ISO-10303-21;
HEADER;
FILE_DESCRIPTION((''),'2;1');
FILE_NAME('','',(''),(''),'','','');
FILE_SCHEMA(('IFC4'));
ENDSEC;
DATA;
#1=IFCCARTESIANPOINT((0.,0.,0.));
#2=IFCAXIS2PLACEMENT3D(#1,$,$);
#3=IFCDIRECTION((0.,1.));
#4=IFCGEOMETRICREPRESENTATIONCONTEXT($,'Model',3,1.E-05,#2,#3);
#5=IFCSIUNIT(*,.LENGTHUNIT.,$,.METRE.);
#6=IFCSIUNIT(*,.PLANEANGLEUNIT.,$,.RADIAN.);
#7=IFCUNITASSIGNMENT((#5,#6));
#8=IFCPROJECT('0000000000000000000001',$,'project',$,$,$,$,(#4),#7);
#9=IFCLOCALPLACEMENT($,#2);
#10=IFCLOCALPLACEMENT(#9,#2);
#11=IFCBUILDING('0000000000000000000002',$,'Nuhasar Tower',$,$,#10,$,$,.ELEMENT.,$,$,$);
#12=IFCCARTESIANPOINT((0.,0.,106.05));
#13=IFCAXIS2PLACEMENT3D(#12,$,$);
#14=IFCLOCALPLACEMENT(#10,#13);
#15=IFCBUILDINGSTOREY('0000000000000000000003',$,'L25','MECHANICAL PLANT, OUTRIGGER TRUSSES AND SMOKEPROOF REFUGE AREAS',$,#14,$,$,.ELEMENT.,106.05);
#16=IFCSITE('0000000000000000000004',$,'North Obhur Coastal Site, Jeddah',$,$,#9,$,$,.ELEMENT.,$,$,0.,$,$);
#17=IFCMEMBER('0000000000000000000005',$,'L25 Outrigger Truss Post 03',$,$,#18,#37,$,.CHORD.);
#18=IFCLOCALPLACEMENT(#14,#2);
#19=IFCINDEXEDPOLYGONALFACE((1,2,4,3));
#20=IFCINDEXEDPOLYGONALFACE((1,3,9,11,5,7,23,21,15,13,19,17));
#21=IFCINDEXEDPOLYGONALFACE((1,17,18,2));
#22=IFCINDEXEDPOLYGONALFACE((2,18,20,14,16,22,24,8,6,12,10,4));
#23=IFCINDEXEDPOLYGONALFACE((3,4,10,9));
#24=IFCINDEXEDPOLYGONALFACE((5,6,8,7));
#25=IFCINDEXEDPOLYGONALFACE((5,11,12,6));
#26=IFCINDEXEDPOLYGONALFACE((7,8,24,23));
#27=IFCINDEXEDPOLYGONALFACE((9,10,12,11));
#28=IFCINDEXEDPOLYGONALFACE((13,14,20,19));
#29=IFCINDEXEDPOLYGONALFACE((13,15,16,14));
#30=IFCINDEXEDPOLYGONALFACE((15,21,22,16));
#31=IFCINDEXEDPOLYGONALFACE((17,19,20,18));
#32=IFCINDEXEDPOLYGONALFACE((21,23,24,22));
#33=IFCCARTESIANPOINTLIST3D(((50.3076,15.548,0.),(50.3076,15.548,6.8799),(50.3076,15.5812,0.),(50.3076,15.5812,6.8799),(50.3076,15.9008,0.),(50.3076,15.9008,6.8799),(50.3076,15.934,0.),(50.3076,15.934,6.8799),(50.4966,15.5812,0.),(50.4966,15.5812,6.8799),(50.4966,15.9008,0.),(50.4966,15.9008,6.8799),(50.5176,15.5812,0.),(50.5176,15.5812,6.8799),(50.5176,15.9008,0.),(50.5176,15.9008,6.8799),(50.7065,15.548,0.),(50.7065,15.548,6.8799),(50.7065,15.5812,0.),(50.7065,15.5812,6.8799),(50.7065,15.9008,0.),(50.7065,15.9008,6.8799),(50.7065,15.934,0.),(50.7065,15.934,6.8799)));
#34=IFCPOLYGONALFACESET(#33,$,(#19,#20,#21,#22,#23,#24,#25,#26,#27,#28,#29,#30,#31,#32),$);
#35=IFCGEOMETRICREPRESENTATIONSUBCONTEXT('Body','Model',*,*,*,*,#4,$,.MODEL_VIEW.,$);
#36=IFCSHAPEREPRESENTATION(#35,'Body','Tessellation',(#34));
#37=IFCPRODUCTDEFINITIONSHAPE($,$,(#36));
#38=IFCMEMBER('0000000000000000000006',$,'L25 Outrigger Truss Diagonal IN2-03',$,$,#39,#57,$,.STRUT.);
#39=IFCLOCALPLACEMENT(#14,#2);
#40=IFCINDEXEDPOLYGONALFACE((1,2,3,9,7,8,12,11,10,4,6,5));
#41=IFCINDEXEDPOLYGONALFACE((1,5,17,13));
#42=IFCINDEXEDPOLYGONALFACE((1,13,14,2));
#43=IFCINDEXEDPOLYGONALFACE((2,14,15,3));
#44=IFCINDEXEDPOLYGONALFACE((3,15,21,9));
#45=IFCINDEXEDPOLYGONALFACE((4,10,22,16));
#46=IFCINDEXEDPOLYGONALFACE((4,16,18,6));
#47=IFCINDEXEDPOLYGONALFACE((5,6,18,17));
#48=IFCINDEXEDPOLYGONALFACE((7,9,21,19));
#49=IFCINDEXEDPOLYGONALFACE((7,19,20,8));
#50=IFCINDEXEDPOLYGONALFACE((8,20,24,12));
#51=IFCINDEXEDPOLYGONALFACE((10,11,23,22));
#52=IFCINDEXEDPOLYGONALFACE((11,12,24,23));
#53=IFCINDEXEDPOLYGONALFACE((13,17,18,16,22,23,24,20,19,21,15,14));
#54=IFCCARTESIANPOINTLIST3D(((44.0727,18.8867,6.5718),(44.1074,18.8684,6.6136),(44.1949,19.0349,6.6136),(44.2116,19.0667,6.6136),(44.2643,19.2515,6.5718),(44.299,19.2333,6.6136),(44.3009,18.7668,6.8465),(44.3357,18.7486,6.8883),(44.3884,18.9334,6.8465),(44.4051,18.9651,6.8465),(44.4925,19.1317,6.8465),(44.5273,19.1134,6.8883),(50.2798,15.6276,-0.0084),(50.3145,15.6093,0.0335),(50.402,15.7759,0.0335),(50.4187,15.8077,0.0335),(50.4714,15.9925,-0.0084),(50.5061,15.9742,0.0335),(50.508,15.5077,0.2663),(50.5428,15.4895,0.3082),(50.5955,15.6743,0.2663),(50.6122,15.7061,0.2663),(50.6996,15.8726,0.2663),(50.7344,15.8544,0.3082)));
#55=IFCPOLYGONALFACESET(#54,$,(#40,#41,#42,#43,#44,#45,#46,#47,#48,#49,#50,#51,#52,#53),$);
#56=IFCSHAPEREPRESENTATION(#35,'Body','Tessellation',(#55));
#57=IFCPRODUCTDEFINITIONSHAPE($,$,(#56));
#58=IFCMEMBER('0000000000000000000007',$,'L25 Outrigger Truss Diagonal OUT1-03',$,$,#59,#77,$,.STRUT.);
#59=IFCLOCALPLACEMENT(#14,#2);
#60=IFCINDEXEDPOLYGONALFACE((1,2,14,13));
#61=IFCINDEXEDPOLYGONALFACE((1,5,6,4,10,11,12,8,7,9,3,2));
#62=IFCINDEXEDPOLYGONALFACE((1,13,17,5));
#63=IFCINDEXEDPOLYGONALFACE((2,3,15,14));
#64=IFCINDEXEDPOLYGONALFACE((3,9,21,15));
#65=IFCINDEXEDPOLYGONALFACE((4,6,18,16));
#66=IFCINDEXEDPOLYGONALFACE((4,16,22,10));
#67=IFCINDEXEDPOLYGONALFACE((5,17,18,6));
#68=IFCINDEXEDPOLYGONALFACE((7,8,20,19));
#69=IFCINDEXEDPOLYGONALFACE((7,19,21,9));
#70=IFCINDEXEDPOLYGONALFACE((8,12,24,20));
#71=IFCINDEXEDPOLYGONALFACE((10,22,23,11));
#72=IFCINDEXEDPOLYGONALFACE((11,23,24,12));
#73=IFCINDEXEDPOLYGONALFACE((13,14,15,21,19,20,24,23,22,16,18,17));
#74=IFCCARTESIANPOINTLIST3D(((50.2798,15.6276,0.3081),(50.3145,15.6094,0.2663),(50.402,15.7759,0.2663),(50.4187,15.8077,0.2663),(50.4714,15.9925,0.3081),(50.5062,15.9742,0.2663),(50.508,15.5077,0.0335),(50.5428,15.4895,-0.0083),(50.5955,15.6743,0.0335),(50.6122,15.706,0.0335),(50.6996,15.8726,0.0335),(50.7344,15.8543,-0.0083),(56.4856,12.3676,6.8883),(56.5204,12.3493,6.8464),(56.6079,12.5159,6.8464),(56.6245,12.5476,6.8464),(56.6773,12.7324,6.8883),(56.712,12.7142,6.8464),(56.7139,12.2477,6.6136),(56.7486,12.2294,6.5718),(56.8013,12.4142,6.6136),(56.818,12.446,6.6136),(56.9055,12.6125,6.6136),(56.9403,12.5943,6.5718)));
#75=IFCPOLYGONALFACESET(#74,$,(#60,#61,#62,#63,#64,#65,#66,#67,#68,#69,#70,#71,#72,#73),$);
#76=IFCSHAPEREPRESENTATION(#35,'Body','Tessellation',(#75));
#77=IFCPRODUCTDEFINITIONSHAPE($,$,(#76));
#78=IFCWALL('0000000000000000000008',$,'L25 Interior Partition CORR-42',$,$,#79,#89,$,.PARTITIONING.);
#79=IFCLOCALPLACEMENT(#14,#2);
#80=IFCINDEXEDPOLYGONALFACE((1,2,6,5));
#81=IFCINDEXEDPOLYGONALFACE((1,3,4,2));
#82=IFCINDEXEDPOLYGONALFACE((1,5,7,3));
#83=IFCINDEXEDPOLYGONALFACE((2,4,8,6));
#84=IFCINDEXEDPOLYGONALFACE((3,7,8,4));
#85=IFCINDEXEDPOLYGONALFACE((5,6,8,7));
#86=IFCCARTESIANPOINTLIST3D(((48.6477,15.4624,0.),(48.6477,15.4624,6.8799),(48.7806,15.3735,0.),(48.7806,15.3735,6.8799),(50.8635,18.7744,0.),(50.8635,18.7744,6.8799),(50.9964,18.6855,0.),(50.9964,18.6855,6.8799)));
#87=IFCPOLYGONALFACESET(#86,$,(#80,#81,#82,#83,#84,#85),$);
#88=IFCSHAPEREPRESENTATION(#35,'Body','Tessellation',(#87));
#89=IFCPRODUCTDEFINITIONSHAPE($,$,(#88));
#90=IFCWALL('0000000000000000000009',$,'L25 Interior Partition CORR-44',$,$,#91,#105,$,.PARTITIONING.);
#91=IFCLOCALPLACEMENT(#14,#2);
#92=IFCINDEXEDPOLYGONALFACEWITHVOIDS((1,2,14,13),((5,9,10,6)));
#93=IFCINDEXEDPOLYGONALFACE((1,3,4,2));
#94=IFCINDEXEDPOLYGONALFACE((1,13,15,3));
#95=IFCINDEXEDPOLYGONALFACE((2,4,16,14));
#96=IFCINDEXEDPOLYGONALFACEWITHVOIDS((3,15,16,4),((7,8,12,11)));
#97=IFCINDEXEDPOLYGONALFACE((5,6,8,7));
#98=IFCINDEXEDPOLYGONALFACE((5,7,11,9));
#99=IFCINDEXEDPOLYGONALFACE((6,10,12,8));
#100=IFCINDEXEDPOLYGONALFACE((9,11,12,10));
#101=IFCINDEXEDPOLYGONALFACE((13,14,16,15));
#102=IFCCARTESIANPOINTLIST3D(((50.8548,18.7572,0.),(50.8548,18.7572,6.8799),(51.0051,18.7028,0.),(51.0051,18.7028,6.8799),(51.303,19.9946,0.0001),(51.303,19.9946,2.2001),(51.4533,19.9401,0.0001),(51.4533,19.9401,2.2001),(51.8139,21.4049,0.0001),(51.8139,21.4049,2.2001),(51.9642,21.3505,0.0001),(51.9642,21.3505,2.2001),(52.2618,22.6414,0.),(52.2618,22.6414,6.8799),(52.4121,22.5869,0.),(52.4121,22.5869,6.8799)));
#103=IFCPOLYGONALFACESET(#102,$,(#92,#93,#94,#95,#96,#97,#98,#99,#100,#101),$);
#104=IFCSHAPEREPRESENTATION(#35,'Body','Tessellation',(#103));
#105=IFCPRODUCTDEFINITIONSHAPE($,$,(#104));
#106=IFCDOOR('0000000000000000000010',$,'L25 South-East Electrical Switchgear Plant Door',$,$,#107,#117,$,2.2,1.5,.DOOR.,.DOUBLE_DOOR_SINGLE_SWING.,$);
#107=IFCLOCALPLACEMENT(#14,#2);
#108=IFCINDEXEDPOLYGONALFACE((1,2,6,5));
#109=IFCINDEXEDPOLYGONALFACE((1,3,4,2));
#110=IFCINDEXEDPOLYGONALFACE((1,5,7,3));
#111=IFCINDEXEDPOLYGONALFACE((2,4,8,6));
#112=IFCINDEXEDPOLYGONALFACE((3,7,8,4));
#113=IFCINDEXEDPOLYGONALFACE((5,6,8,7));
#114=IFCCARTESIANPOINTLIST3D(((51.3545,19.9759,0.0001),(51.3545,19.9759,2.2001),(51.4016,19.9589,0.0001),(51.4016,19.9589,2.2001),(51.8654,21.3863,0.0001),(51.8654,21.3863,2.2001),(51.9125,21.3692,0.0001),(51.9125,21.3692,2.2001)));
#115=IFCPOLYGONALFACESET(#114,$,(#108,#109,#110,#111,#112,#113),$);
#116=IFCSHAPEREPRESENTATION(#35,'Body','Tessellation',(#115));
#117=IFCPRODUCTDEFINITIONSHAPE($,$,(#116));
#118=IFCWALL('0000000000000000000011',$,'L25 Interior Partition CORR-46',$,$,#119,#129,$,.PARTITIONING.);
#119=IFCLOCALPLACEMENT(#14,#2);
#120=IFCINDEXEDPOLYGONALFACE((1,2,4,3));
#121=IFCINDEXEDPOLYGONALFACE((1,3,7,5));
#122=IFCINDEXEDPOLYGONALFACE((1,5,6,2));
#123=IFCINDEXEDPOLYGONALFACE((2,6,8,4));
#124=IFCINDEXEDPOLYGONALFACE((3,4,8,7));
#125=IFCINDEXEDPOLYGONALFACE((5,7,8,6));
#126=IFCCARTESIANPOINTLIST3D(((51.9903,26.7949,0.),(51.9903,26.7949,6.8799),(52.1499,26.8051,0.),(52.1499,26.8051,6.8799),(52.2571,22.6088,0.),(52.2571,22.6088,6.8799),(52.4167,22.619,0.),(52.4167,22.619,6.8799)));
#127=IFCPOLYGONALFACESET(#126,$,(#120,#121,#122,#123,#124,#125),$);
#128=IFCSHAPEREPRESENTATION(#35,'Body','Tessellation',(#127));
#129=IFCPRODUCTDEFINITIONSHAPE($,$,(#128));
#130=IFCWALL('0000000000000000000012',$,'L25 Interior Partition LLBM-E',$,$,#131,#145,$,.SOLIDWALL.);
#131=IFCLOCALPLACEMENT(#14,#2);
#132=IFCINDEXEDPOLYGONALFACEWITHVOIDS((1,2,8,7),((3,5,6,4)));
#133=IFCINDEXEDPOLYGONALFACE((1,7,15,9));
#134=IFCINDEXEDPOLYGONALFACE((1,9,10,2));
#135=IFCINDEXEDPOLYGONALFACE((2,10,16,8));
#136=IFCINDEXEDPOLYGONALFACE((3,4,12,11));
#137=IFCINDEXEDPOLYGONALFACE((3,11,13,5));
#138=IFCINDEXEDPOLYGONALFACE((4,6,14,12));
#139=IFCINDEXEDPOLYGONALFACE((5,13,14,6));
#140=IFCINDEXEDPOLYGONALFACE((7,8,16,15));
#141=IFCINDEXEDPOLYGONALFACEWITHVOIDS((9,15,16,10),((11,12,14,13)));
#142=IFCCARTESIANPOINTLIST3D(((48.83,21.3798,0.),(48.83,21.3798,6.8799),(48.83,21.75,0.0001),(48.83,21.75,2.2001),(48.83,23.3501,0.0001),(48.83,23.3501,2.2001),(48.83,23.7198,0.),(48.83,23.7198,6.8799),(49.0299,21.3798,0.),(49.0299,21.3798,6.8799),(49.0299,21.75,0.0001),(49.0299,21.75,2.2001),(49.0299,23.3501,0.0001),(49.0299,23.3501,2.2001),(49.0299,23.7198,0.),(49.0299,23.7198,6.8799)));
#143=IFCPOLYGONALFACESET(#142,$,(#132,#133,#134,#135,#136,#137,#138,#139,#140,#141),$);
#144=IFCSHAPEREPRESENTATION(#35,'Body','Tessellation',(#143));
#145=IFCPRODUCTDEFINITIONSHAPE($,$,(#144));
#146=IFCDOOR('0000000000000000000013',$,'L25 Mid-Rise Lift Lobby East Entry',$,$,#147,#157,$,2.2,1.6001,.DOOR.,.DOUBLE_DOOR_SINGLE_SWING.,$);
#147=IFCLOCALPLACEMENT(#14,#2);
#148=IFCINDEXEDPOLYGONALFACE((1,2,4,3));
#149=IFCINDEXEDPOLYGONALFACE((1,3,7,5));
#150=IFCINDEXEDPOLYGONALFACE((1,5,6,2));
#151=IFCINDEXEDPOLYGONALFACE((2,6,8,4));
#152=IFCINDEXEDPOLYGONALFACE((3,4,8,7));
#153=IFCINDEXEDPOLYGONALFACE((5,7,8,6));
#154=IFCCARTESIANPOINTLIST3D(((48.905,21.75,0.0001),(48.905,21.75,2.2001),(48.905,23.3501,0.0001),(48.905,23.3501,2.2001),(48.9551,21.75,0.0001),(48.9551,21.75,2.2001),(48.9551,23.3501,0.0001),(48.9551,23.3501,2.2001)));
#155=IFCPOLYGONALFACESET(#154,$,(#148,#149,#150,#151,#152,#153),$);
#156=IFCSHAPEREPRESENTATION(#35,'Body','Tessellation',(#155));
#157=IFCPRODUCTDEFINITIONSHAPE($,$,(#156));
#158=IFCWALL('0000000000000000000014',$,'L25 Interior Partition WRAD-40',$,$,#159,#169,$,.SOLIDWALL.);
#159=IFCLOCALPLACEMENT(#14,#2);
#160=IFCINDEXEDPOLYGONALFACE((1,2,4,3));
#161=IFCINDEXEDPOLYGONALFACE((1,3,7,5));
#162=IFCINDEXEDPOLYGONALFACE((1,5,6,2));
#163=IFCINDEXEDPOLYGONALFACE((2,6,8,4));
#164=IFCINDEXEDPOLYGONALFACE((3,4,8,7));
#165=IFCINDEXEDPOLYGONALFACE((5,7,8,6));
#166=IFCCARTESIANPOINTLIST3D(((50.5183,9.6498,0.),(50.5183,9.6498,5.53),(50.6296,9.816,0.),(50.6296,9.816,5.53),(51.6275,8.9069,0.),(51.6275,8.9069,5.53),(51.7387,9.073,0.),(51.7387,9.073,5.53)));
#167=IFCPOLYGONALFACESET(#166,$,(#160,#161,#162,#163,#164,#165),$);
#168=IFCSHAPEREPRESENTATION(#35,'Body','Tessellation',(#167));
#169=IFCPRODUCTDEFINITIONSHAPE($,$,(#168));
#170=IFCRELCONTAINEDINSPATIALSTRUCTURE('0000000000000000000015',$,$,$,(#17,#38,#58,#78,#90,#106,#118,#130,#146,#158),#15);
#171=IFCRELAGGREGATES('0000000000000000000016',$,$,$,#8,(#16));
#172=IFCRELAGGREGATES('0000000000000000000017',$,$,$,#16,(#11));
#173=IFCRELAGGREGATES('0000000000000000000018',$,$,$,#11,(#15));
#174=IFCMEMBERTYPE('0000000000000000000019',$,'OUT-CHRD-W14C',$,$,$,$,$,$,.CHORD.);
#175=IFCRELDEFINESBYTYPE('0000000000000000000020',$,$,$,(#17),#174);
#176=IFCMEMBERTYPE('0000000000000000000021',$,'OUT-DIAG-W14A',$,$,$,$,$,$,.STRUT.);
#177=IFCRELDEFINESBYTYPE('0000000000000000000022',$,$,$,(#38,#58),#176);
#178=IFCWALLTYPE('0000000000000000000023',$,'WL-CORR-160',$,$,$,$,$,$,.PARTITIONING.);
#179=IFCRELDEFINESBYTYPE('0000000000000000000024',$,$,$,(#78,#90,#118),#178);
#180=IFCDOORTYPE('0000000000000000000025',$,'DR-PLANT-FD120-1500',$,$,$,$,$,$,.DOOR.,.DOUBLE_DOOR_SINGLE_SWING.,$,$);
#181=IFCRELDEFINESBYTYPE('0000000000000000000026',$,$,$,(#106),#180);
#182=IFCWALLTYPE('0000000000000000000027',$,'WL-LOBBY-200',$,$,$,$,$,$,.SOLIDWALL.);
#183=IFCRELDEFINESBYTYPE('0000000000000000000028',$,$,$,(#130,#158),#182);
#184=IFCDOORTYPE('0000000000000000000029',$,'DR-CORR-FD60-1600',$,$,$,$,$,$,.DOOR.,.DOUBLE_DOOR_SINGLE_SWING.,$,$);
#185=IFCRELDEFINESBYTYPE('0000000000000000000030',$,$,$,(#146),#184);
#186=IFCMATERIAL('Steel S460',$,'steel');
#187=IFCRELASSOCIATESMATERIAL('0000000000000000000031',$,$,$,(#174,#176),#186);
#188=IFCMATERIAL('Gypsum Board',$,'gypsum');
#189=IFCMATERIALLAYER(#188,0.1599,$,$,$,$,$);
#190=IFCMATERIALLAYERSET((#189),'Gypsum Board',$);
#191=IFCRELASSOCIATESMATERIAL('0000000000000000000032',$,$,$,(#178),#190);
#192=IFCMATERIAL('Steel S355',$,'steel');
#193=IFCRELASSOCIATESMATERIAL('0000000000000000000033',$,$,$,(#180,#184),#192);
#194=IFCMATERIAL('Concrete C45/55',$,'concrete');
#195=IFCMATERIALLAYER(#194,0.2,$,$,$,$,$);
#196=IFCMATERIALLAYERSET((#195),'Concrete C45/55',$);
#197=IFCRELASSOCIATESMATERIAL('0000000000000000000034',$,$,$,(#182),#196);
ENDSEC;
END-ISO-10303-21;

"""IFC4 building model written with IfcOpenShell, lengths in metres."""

from ifc_helpers import new_model, si_unit, direction, frame, frame_2d, origin, origin_2d, place, context, subcontext, project, spatial, rectangle, i_section, extrude, material, layer, layer_set, material_profile, profile_set, type_object, element, fill, save


model = new_model("IFC4")

# Units and contexts
model_context = context("Model", 3, precision=1e-05, world=origin(), true_north=direction((0.0, 1.0)))
body_context = subcontext(model_context, "Body", "Model", "MODEL_VIEW")
ifc_project = project(units=[si_unit("LENGTHUNIT", "METRE"), si_unit("PLANEANGLEUNIT", "RADIAN")], contexts=[model_context])

# Site, building, storey
site_placement = place(None, origin())
site = spatial("IfcSite", under=ifc_project, at=site_placement, Name="North Obhur Coastal Site, Jeddah", CompositionType="ELEMENT", RefElevation=0.0)
building_placement = place(site_placement, origin())
building = spatial("IfcBuilding", under=site, at=building_placement, Name="Nuhasar Tower", CompositionType="ELEMENT")
storey_placement = place(building_placement, frame((0.0, 0.0, 106.05)))
storey = spatial("IfcBuildingStorey", under=building, at=storey_placement, Name="L25", Description="MECHANICAL PLANT, OUTRIGGER TRUSSES AND SMOKEPROOF REFUGE AREAS", CompositionType="ELEMENT", Elevation=106.05)

# Shared definitions
ifc_material_1 = material(Name="Steel S460", Category="steel")

# Shared definitions
ifc_material_2 = material(Name="Steel S355", Category="steel")

# Members
ifc_material_profile_1 = material_profile(ifc_material_1, i_section(OverallWidth=0.3989, OverallDepth=0.386, WebThickness=0.021, FlangeThickness=0.0332, at=origin_2d()), Name="W14X176")
ifc_profile_set_1 = profile_set([ifc_material_profile_1], Name="Steel S460")
member_type_1 = type_object("IfcMemberType", Name="OUT-CHRD-W14C", PredefinedType="CHORD", material=ifc_profile_set_1)
member_1_placement = place(storey_placement, frame((50.5071, 15.741, 0.0), z_axis=(0.0, 0.0, 1.0), x_axis=(1.0, 0.0, 0.0)))
element("IfcMember", 1, at=member_1_placement, inside=storey, type_object=member_type_1, Name="L25 Outrigger Truss Post 03", PredefinedType="CHORD", context=body_context, shape_type="SweptSolid", body=[
    extrude(i_section(OverallWidth=0.3989, OverallDepth=0.386, WebThickness=0.021, FlangeThickness=0.0332, at=origin_2d()), origin(), (0.0, 0.0, 1.0), 6.8799),
])
ifc_material_profile_2 = material_profile(ifc_material_1, i_section(OverallWidth=0.4121, OverallDepth=0.4341, WebThickness=0.0359, FlangeThickness=0.0574, at=origin_2d()), Name="W14X311")
ifc_profile_set_2 = profile_set([ifc_material_profile_2], Name="Steel S460")
member_type_2 = type_object("IfcMemberType", Name="OUT-DIAG-W14A", PredefinedType="STRUT", material=ifc_profile_set_2)
member_2_placement = place(storey_placement, frame((50.5071, 15.741, 0.1499), z_axis=(-0.645565, 0.338957, 0.684364), x_axis=(-0.464872, -0.885378, 0.0)))
element("IfcMember", 2, at=member_2_placement, inside=storey, type_object=member_type_2, Name="L25 Outrigger Truss Diagonal IN2-03", PredefinedType="STRUT", context=body_context, shape_type="SweptSolid", body=[
    extrude(i_section(OverallWidth=0.4121, OverallDepth=0.4341, WebThickness=0.0359, FlangeThickness=0.0574, at=origin_2d()), origin(), (0.0, 0.0, 1.0), 9.615),
])
member_3_placement = place(storey_placement, frame((50.5071, 15.741, 0.1499), z_axis=(0.645469, -0.339075, 0.684396), x_axis=(0.465053, 0.885283, 0.0)))
element("IfcMember", 3, at=member_3_placement, inside=storey, type_object=member_type_2, Name="L25 Outrigger Truss Diagonal OUT1-03", PredefinedType="STRUT", context=body_context, shape_type="SweptSolid", body=[
    extrude(i_section(OverallWidth=0.4121, OverallDepth=0.4341, WebThickness=0.0359, FlangeThickness=0.0574, at=origin_2d()), origin(), (0.0, 0.0, 1.0), 9.6145),
])

# Wall
ifc_material_3 = material(Name="Gypsum Board", Category="gypsum")
ifc_layer_1 = layer(ifc_material_3, 0.1599)
ifc_layer_set_1 = layer_set([ifc_layer_1], Name="Gypsum Board")
wall_type_1 = type_object("IfcWallType", Name="WL-CORR-160", PredefinedType="PARTITIONING", material=ifc_layer_set_1)
wall_1_placement = place(storey_placement, frame((48.7141, 15.418, 0.0), z_axis=(0.0, 0.0, 1.0), x_axis=(0.556057, 0.831144, 0.0)))
element("IfcWall", 4, at=wall_1_placement, inside=storey, type_object=wall_type_1, Name="L25 Interior Partition CORR-42", PredefinedType="PARTITIONING", context=body_context, shape_type="SweptSolid", body=[
    extrude(rectangle(XDim=3.9849, YDim=0.1599, at=frame_2d((1.9924, 0.0))), origin(), (0.0, 0.0, 1.0), 6.8799),
])

# Wall, opening, door
wall_2_placement = place(storey_placement, frame((52.3369, 22.614, 0.0), z_axis=(0.0, 0.0, 1.0), x_axis=(-0.34059, -0.940212, 0.0)))
wall_2 = element("IfcWall", 5, at=wall_2_placement, inside=storey, type_object=wall_type_1, Name="L25 Interior Partition CORR-44", PredefinedType="PARTITIONING", context=body_context, shape_type="SweptSolid", body=[
    extrude(rectangle(XDim=4.1311, YDim=0.1599, at=frame_2d((2.0654, 0.0))), origin(), (0.0, 0.0, 1.0), 6.8799),
])
opening_1_placement = place(wall_2_placement, frame((1.3149, 0.0, 0.0)))
opening_1 = element("IfcOpeningElement", 6, at=opening_1_placement, cuts=wall_2, PredefinedType="OPENING", context=body_context, shape_type="SweptSolid", body=[
    extrude(rectangle(XDim=1.5, YDim=2.2, at=frame_2d((0.75, 1.1001))), frame((0.0, 0.0898, 0.0), z_axis=(0.0, -1.0, 0.0), x_axis=(1.0, 0.0, 0.0)), (0.0, 0.0, 1.0), 0.1799),
])
door_type_1 = type_object("IfcDoorType", Name="DR-PLANT-FD120-1500", OperationType="DOUBLE_DOOR_SINGLE_SWING", PredefinedType="DOOR", material=ifc_material_2)
door_1_placement = place(opening_1_placement, origin())
door_1 = element("IfcDoor", 7, at=door_1_placement, inside=storey, type_object=door_type_1, Name="L25 South-East Electrical Switchgear Plant Door", OperationType="DOUBLE_DOOR_SINGLE_SWING", OverallHeight=2.2, OverallWidth=1.5, PredefinedType="DOOR", context=body_context, shape_type="SweptSolid", body=[
    extrude(rectangle(XDim=1.5, YDim=2.2, at=frame_2d((0.75, 1.1001))), frame((0.0, 0.0249, 0.0), z_axis=(0.0, -1.0, 0.0), x_axis=(1.0, 0.0, 0.0)), (0.0, 0.0, 1.0), 0.05),
])
fill(opening_1, door_1)

# Wall
wall_3_placement = place(storey_placement, frame((52.3369, 22.614, 0.0), z_axis=(0.0, 0.0, 1.0), x_axis=(-0.063618, 0.997974, 0.0)))
element("IfcWall", 8, at=wall_3_placement, inside=storey, type_object=wall_type_1, Name="L25 Interior Partition CORR-46", PredefinedType="PARTITIONING", context=body_context, shape_type="SweptSolid", body=[
    extrude(rectangle(XDim=4.1946, YDim=0.1599, at=frame_2d((2.0972, 0.0))), origin(), (0.0, 0.0, 1.0), 6.8799),
])

# Wall, opening, door
ifc_material_4 = material(Name="Concrete C45/55", Category="concrete")
ifc_layer_2 = layer(ifc_material_4, 0.2)
ifc_layer_set_2 = layer_set([ifc_layer_2], Name="Concrete C45/55")
wall_type_2 = type_object("IfcWallType", Name="WL-LOBBY-200", PredefinedType="SOLIDWALL", material=ifc_layer_set_2)
wall_4_placement = place(storey_placement, frame((48.9299, 21.3799, 0.0), z_axis=(0.0, 0.0, 1.0), x_axis=(0.0, 1.0, 0.0)))
wall_4 = element("IfcWall", 9, at=wall_4_placement, inside=storey, type_object=wall_type_2, Name="L25 Interior Partition LLBM-E", PredefinedType="SOLIDWALL", context=body_context, shape_type="SweptSolid", body=[
    extrude(rectangle(XDim=2.3401, YDim=0.2, at=frame_2d((1.1699, 0.0))), origin(), (0.0, 0.0, 1.0), 6.8799),
])
opening_2_placement = place(wall_4_placement, frame((0.3701, 0.0, 0.0)))
opening_2 = element("IfcOpeningElement", 10, at=opening_2_placement, cuts=wall_4, PredefinedType="OPENING", context=body_context, shape_type="SweptSolid", body=[
    extrude(rectangle(XDim=1.6001, YDim=2.2, at=frame_2d((0.8, 1.1001))), frame((0.0, 0.1099, 0.0), z_axis=(0.0, -1.0, 0.0), x_axis=(1.0, 0.0, 0.0)), (0.0, 0.0, 1.0), 0.22),
])
door_type_2 = type_object("IfcDoorType", Name="DR-CORR-FD60-1600", OperationType="DOUBLE_DOOR_SINGLE_SWING", PredefinedType="DOOR", material=ifc_material_2)
door_2_placement = place(opening_2_placement, origin())
door_2 = element("IfcDoor", 11, at=door_2_placement, inside=storey, type_object=door_type_2, Name="L25 Mid-Rise Lift Lobby East Entry", OperationType="DOUBLE_DOOR_SINGLE_SWING", OverallHeight=2.2, OverallWidth=1.6001, PredefinedType="DOOR", context=body_context, shape_type="SweptSolid", body=[
    extrude(rectangle(XDim=1.6001, YDim=2.2, at=frame_2d((0.8, 1.1001))), frame((0.0, 0.0249, 0.0), z_axis=(0.0, -1.0, 0.0), x_axis=(1.0, 0.0, 0.0)), (0.0, 0.0, 1.0), 0.05),
])
fill(opening_2, door_2)

# Wall
wall_5_placement = place(storey_placement, frame((50.574, 9.7329, 0.0), z_axis=(0.0, 0.0, 1.0), x_axis=(0.830838, -0.556514, 0.0)))
element("IfcWall", 12, at=wall_5_placement, inside=storey, type_object=wall_type_2, Name="L25 Interior Partition WRAD-40", PredefinedType="SOLIDWALL", context=body_context, shape_type="SweptSolid", body=[
    extrude(rectangle(XDim=1.335, YDim=0.2, at=frame_2d((0.6675, 0.0))), origin(), (0.0, 0.0, 1.0), 5.53),
])

save(model, "model.ifc")
